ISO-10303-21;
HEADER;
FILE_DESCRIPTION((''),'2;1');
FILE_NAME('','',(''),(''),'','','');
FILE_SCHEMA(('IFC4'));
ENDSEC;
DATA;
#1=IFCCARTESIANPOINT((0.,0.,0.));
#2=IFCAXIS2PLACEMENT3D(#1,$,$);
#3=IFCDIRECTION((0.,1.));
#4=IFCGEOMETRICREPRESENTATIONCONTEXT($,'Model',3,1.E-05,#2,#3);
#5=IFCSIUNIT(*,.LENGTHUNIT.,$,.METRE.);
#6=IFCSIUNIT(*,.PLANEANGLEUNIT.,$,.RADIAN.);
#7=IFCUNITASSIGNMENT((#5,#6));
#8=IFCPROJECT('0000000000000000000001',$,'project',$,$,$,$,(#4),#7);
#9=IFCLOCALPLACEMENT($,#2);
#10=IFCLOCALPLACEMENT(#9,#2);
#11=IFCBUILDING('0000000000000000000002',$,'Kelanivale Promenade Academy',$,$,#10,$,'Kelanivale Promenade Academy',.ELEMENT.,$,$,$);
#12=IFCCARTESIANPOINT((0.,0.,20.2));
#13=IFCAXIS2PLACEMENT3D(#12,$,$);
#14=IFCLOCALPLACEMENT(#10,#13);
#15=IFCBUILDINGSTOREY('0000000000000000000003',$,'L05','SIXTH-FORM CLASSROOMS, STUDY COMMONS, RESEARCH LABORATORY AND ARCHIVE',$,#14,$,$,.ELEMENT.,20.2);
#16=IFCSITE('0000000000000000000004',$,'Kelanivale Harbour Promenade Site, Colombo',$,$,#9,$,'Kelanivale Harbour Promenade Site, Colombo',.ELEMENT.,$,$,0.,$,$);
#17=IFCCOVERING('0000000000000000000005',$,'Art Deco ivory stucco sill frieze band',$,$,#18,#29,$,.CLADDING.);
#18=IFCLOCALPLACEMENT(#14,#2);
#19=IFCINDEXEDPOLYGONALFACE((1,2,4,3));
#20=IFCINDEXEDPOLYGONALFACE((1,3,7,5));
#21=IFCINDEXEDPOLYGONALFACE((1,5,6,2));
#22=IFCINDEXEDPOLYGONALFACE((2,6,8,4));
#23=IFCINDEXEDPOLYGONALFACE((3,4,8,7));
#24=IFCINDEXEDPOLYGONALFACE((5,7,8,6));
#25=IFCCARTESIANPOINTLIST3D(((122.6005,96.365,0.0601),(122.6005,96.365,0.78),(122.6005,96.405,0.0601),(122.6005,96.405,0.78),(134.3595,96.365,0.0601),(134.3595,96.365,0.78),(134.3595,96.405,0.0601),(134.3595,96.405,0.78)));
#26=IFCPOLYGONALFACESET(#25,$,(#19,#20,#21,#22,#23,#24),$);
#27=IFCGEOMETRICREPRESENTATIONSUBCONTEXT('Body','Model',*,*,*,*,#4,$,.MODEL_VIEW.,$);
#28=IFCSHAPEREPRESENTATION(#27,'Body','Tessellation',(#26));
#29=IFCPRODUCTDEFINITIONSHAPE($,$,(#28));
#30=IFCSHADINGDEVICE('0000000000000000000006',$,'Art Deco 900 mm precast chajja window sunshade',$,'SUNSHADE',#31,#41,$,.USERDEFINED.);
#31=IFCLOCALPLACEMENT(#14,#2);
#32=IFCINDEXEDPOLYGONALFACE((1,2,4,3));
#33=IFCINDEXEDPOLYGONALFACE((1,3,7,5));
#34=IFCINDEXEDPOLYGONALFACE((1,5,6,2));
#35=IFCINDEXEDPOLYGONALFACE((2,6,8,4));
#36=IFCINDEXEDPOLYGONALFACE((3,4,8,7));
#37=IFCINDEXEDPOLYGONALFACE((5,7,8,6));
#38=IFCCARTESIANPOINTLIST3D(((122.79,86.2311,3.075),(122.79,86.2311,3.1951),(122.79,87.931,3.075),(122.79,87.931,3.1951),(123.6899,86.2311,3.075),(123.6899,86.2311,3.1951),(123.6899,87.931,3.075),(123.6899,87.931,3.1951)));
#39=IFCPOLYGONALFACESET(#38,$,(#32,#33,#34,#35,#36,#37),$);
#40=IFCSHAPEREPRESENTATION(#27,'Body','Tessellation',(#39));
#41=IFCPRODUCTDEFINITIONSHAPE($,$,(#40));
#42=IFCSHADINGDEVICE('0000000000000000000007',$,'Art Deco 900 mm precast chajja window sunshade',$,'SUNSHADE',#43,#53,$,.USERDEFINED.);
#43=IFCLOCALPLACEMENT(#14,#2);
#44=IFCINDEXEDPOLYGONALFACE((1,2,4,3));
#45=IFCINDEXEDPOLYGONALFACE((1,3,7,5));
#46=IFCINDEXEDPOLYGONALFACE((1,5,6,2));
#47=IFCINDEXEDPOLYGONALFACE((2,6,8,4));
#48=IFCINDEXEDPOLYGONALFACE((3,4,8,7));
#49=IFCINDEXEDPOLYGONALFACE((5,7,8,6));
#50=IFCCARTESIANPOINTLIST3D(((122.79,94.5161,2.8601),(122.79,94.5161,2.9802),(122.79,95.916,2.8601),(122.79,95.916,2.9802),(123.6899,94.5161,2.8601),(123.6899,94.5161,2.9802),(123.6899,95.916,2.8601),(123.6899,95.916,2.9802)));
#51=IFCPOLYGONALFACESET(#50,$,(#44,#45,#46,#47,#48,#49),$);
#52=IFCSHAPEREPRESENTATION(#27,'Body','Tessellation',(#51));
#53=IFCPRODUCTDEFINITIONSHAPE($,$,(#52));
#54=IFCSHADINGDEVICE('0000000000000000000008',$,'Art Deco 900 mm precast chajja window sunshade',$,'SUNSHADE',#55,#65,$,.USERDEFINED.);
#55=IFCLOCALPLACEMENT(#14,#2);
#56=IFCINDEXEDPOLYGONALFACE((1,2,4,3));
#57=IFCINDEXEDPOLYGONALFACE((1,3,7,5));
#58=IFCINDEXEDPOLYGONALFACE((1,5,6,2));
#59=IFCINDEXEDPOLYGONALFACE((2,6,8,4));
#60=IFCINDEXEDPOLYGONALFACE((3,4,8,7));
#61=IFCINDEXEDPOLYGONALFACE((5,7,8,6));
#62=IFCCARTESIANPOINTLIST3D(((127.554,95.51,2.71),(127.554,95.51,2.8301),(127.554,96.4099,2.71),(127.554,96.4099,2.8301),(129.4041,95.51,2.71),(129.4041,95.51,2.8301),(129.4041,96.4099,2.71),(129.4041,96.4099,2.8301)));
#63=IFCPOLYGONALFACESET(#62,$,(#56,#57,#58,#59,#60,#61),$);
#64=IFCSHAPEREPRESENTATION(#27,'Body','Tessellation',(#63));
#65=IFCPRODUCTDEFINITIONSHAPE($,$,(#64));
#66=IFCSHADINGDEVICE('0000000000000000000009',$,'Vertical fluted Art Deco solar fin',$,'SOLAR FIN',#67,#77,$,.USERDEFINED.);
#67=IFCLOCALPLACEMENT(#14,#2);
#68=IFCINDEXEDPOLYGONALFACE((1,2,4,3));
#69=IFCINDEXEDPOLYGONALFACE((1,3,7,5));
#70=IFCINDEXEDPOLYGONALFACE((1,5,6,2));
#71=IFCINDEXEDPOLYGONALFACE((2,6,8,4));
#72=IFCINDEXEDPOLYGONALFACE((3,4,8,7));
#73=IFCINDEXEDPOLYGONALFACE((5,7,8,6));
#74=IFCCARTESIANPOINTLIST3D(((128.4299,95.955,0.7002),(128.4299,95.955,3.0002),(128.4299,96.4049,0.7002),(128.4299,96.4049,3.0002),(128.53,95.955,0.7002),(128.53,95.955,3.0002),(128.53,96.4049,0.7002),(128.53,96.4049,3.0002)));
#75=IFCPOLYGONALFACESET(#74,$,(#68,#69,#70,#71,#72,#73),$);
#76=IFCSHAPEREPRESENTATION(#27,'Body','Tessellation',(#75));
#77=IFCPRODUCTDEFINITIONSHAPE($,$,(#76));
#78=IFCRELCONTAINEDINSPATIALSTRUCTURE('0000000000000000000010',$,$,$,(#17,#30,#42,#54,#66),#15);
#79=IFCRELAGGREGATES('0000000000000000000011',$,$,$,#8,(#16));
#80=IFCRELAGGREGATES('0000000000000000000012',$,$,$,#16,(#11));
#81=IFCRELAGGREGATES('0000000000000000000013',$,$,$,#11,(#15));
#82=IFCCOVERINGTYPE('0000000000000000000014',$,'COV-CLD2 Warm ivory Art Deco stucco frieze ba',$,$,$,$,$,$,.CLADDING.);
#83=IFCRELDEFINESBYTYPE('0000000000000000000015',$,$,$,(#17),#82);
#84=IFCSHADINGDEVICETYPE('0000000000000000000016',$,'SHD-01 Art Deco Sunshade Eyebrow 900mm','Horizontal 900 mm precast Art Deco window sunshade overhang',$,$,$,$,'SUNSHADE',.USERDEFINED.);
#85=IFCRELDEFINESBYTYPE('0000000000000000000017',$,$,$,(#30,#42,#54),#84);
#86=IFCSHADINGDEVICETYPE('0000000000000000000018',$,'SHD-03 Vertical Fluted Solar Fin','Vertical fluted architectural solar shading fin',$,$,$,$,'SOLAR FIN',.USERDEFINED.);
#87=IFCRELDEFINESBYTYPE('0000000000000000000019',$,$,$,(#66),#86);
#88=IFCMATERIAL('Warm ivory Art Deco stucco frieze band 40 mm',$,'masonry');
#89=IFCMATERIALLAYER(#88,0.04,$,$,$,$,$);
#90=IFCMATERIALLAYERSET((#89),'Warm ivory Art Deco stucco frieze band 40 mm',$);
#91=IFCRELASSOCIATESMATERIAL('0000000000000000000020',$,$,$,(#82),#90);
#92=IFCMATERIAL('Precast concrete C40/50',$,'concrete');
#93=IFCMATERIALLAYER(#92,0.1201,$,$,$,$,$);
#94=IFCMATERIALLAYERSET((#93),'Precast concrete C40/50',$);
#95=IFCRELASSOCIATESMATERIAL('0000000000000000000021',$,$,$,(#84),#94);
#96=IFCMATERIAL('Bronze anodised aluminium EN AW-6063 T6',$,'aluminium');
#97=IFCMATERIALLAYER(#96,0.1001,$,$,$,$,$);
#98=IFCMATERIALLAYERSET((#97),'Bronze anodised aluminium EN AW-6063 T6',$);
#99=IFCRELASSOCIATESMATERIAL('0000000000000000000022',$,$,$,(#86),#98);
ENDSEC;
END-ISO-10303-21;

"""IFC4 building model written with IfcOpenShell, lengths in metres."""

from ifc_helpers import new_model, si_unit, direction, frame, origin, origin_2d, place, context, subcontext, project, spatial, rectangle, extrude, material, layer, layer_set, type_object, element, save


model = new_model("IFC4")

# Units and contexts
model_context = context("Model", 3, precision=1e-05, world=origin(), true_north=direction((0.0, 1.0)))
body_context = subcontext(model_context, "Body", "Model", "MODEL_VIEW")
ifc_project = project(units=[si_unit("LENGTHUNIT", "METRE"), si_unit("PLANEANGLEUNIT", "RADIAN")], contexts=[model_context])

# Site, building, storey
site_placement = place(None, origin())
site = spatial("IfcSite", under=ifc_project, at=site_placement, Name="Kelanivale Harbour Promenade Site, Colombo", LongName="Kelanivale Harbour Promenade Site, Colombo", CompositionType="ELEMENT", RefElevation=0.0)
building_placement = place(site_placement, origin())
building = spatial("IfcBuilding", under=site, at=building_placement, Name="Kelanivale Promenade Academy", LongName="Kelanivale Promenade Academy", CompositionType="ELEMENT")
storey_placement = place(building_placement, frame((0.0, 0.0, 20.2)))
storey = spatial("IfcBuildingStorey", under=building, at=storey_placement, Name="L05", Description="SIXTH-FORM CLASSROOMS, STUDY COMMONS, RESEARCH LABORATORY AND ARCHIVE", CompositionType="ELEMENT", Elevation=20.2)

# Covering
ifc_material_1 = material(Name="Warm ivory Art Deco stucco frieze band 40 mm", Category="masonry")
ifc_layer_1 = layer(ifc_material_1, 0.04)
ifc_layer_set_1 = layer_set([ifc_layer_1], Name="Warm ivory Art Deco stucco frieze band 40 mm")
covering_type = type_object("IfcCoveringType", Name="COV-CLD2 Warm ivory Art Deco stucco frieze ba", PredefinedType="CLADDING", material=ifc_layer_set_1)
covering_1_placement = place(storey_placement, frame((128.48, 96.385, 0.0601), z_axis=(0.0, 0.0, 1.0), x_axis=(1.0, 0.0, 0.0)))
element("IfcCovering", 1, at=covering_1_placement, inside=storey, type_object=covering_type, Name="Art Deco ivory stucco sill frieze band", PredefinedType="CLADDING", context=body_context, shape_type="SweptSolid", body=[
    extrude(rectangle(XDim=11.759, YDim=0.04, at=origin_2d()), origin(), (0.0, 0.0, 1.0), 0.72),
])

# Shading devices
ifc_material_2 = material(Name="Precast concrete C40/50", Category="concrete")
ifc_layer_2 = layer(ifc_material_2, 0.1201)
ifc_layer_set_2 = layer_set([ifc_layer_2], Name="Precast concrete C40/50")
shading_device_type_1 = type_object("IfcShadingDeviceType", Name="SHD-01 Art Deco Sunshade Eyebrow 900mm", Description="Horizontal 900 mm precast Art Deco window sunshade overhang", ElementType="SUNSHADE", PredefinedType="USERDEFINED", material=ifc_layer_set_2)
shading_device_1_placement = place(storey_placement, frame((123.24, 87.0811, 3.075), z_axis=(0.0, 0.0, 1.0), x_axis=(0.0, 1.0, 0.0)))
element("IfcShadingDevice", 2, at=shading_device_1_placement, inside=storey, type_object=shading_device_type_1, Name="Art Deco 900 mm precast chajja window sunshade", ObjectType="SUNSHADE", PredefinedType="USERDEFINED", context=body_context, shape_type="SweptSolid", body=[
    extrude(rectangle(XDim=1.7, YDim=0.8999, at=origin_2d()), origin(), (0.0, 0.0, 1.0), 0.1201),
])
shading_device_2_placement = place(storey_placement, frame((123.24, 95.2161, 2.8601), z_axis=(0.0, 0.0, 1.0), x_axis=(0.0, 1.0, 0.0)))
element("IfcShadingDevice", 3, at=shading_device_2_placement, inside=storey, type_object=shading_device_type_1, Name="Art Deco 900 mm precast chajja window sunshade", ObjectType="SUNSHADE", PredefinedType="USERDEFINED", context=body_context, shape_type="SweptSolid", body=[
    extrude(rectangle(XDim=1.3999, YDim=0.8999, at=origin_2d()), origin(), (0.0, 0.0, 1.0), 0.1201),
])
shading_device_3_placement = place(storey_placement, frame((128.479, 95.96, 2.71), z_axis=(0.0, 0.0, 1.0), x_axis=(1.0, 0.0, 0.0)))
element("IfcShadingDevice", 4, at=shading_device_3_placement, inside=storey, type_object=shading_device_type_1, Name="Art Deco 900 mm precast chajja window sunshade", ObjectType="SUNSHADE", PredefinedType="USERDEFINED", context=body_context, shape_type="SweptSolid", body=[
    extrude(rectangle(XDim=1.8501, YDim=0.8999, at=origin_2d()), origin(), (0.0, 0.0, 1.0), 0.1201),
])
ifc_material_3 = material(Name="Bronze anodised aluminium EN AW-6063 T6", Category="aluminium")
ifc_layer_3 = layer(ifc_material_3, 0.1001)
ifc_layer_set_3 = layer_set([ifc_layer_3], Name="Bronze anodised aluminium EN AW-6063 T6")
shading_device_type_2 = type_object("IfcShadingDeviceType", Name="SHD-03 Vertical Fluted Solar Fin", Description="Vertical fluted architectural solar shading fin", ElementType="SOLAR FIN", PredefinedType="USERDEFINED", material=ifc_layer_set_3)
shading_device_4_placement = place(storey_placement, frame((128.48, 96.1799, 0.7002), z_axis=(0.0, 0.0, 1.0), x_axis=(1.0, 0.0, 0.0)))
element("IfcShadingDevice", 5, at=shading_device_4_placement, inside=storey, type_object=shading_device_type_2, Name="Vertical fluted Art Deco solar fin", ObjectType="SOLAR FIN", PredefinedType="USERDEFINED", context=body_context, shape_type="SweptSolid", body=[
    extrude(rectangle(XDim=0.1001, YDim=0.45, at=origin_2d()), origin(), (0.0, 0.0, 1.0), 2.3),
])

save(model, "model.ifc")
